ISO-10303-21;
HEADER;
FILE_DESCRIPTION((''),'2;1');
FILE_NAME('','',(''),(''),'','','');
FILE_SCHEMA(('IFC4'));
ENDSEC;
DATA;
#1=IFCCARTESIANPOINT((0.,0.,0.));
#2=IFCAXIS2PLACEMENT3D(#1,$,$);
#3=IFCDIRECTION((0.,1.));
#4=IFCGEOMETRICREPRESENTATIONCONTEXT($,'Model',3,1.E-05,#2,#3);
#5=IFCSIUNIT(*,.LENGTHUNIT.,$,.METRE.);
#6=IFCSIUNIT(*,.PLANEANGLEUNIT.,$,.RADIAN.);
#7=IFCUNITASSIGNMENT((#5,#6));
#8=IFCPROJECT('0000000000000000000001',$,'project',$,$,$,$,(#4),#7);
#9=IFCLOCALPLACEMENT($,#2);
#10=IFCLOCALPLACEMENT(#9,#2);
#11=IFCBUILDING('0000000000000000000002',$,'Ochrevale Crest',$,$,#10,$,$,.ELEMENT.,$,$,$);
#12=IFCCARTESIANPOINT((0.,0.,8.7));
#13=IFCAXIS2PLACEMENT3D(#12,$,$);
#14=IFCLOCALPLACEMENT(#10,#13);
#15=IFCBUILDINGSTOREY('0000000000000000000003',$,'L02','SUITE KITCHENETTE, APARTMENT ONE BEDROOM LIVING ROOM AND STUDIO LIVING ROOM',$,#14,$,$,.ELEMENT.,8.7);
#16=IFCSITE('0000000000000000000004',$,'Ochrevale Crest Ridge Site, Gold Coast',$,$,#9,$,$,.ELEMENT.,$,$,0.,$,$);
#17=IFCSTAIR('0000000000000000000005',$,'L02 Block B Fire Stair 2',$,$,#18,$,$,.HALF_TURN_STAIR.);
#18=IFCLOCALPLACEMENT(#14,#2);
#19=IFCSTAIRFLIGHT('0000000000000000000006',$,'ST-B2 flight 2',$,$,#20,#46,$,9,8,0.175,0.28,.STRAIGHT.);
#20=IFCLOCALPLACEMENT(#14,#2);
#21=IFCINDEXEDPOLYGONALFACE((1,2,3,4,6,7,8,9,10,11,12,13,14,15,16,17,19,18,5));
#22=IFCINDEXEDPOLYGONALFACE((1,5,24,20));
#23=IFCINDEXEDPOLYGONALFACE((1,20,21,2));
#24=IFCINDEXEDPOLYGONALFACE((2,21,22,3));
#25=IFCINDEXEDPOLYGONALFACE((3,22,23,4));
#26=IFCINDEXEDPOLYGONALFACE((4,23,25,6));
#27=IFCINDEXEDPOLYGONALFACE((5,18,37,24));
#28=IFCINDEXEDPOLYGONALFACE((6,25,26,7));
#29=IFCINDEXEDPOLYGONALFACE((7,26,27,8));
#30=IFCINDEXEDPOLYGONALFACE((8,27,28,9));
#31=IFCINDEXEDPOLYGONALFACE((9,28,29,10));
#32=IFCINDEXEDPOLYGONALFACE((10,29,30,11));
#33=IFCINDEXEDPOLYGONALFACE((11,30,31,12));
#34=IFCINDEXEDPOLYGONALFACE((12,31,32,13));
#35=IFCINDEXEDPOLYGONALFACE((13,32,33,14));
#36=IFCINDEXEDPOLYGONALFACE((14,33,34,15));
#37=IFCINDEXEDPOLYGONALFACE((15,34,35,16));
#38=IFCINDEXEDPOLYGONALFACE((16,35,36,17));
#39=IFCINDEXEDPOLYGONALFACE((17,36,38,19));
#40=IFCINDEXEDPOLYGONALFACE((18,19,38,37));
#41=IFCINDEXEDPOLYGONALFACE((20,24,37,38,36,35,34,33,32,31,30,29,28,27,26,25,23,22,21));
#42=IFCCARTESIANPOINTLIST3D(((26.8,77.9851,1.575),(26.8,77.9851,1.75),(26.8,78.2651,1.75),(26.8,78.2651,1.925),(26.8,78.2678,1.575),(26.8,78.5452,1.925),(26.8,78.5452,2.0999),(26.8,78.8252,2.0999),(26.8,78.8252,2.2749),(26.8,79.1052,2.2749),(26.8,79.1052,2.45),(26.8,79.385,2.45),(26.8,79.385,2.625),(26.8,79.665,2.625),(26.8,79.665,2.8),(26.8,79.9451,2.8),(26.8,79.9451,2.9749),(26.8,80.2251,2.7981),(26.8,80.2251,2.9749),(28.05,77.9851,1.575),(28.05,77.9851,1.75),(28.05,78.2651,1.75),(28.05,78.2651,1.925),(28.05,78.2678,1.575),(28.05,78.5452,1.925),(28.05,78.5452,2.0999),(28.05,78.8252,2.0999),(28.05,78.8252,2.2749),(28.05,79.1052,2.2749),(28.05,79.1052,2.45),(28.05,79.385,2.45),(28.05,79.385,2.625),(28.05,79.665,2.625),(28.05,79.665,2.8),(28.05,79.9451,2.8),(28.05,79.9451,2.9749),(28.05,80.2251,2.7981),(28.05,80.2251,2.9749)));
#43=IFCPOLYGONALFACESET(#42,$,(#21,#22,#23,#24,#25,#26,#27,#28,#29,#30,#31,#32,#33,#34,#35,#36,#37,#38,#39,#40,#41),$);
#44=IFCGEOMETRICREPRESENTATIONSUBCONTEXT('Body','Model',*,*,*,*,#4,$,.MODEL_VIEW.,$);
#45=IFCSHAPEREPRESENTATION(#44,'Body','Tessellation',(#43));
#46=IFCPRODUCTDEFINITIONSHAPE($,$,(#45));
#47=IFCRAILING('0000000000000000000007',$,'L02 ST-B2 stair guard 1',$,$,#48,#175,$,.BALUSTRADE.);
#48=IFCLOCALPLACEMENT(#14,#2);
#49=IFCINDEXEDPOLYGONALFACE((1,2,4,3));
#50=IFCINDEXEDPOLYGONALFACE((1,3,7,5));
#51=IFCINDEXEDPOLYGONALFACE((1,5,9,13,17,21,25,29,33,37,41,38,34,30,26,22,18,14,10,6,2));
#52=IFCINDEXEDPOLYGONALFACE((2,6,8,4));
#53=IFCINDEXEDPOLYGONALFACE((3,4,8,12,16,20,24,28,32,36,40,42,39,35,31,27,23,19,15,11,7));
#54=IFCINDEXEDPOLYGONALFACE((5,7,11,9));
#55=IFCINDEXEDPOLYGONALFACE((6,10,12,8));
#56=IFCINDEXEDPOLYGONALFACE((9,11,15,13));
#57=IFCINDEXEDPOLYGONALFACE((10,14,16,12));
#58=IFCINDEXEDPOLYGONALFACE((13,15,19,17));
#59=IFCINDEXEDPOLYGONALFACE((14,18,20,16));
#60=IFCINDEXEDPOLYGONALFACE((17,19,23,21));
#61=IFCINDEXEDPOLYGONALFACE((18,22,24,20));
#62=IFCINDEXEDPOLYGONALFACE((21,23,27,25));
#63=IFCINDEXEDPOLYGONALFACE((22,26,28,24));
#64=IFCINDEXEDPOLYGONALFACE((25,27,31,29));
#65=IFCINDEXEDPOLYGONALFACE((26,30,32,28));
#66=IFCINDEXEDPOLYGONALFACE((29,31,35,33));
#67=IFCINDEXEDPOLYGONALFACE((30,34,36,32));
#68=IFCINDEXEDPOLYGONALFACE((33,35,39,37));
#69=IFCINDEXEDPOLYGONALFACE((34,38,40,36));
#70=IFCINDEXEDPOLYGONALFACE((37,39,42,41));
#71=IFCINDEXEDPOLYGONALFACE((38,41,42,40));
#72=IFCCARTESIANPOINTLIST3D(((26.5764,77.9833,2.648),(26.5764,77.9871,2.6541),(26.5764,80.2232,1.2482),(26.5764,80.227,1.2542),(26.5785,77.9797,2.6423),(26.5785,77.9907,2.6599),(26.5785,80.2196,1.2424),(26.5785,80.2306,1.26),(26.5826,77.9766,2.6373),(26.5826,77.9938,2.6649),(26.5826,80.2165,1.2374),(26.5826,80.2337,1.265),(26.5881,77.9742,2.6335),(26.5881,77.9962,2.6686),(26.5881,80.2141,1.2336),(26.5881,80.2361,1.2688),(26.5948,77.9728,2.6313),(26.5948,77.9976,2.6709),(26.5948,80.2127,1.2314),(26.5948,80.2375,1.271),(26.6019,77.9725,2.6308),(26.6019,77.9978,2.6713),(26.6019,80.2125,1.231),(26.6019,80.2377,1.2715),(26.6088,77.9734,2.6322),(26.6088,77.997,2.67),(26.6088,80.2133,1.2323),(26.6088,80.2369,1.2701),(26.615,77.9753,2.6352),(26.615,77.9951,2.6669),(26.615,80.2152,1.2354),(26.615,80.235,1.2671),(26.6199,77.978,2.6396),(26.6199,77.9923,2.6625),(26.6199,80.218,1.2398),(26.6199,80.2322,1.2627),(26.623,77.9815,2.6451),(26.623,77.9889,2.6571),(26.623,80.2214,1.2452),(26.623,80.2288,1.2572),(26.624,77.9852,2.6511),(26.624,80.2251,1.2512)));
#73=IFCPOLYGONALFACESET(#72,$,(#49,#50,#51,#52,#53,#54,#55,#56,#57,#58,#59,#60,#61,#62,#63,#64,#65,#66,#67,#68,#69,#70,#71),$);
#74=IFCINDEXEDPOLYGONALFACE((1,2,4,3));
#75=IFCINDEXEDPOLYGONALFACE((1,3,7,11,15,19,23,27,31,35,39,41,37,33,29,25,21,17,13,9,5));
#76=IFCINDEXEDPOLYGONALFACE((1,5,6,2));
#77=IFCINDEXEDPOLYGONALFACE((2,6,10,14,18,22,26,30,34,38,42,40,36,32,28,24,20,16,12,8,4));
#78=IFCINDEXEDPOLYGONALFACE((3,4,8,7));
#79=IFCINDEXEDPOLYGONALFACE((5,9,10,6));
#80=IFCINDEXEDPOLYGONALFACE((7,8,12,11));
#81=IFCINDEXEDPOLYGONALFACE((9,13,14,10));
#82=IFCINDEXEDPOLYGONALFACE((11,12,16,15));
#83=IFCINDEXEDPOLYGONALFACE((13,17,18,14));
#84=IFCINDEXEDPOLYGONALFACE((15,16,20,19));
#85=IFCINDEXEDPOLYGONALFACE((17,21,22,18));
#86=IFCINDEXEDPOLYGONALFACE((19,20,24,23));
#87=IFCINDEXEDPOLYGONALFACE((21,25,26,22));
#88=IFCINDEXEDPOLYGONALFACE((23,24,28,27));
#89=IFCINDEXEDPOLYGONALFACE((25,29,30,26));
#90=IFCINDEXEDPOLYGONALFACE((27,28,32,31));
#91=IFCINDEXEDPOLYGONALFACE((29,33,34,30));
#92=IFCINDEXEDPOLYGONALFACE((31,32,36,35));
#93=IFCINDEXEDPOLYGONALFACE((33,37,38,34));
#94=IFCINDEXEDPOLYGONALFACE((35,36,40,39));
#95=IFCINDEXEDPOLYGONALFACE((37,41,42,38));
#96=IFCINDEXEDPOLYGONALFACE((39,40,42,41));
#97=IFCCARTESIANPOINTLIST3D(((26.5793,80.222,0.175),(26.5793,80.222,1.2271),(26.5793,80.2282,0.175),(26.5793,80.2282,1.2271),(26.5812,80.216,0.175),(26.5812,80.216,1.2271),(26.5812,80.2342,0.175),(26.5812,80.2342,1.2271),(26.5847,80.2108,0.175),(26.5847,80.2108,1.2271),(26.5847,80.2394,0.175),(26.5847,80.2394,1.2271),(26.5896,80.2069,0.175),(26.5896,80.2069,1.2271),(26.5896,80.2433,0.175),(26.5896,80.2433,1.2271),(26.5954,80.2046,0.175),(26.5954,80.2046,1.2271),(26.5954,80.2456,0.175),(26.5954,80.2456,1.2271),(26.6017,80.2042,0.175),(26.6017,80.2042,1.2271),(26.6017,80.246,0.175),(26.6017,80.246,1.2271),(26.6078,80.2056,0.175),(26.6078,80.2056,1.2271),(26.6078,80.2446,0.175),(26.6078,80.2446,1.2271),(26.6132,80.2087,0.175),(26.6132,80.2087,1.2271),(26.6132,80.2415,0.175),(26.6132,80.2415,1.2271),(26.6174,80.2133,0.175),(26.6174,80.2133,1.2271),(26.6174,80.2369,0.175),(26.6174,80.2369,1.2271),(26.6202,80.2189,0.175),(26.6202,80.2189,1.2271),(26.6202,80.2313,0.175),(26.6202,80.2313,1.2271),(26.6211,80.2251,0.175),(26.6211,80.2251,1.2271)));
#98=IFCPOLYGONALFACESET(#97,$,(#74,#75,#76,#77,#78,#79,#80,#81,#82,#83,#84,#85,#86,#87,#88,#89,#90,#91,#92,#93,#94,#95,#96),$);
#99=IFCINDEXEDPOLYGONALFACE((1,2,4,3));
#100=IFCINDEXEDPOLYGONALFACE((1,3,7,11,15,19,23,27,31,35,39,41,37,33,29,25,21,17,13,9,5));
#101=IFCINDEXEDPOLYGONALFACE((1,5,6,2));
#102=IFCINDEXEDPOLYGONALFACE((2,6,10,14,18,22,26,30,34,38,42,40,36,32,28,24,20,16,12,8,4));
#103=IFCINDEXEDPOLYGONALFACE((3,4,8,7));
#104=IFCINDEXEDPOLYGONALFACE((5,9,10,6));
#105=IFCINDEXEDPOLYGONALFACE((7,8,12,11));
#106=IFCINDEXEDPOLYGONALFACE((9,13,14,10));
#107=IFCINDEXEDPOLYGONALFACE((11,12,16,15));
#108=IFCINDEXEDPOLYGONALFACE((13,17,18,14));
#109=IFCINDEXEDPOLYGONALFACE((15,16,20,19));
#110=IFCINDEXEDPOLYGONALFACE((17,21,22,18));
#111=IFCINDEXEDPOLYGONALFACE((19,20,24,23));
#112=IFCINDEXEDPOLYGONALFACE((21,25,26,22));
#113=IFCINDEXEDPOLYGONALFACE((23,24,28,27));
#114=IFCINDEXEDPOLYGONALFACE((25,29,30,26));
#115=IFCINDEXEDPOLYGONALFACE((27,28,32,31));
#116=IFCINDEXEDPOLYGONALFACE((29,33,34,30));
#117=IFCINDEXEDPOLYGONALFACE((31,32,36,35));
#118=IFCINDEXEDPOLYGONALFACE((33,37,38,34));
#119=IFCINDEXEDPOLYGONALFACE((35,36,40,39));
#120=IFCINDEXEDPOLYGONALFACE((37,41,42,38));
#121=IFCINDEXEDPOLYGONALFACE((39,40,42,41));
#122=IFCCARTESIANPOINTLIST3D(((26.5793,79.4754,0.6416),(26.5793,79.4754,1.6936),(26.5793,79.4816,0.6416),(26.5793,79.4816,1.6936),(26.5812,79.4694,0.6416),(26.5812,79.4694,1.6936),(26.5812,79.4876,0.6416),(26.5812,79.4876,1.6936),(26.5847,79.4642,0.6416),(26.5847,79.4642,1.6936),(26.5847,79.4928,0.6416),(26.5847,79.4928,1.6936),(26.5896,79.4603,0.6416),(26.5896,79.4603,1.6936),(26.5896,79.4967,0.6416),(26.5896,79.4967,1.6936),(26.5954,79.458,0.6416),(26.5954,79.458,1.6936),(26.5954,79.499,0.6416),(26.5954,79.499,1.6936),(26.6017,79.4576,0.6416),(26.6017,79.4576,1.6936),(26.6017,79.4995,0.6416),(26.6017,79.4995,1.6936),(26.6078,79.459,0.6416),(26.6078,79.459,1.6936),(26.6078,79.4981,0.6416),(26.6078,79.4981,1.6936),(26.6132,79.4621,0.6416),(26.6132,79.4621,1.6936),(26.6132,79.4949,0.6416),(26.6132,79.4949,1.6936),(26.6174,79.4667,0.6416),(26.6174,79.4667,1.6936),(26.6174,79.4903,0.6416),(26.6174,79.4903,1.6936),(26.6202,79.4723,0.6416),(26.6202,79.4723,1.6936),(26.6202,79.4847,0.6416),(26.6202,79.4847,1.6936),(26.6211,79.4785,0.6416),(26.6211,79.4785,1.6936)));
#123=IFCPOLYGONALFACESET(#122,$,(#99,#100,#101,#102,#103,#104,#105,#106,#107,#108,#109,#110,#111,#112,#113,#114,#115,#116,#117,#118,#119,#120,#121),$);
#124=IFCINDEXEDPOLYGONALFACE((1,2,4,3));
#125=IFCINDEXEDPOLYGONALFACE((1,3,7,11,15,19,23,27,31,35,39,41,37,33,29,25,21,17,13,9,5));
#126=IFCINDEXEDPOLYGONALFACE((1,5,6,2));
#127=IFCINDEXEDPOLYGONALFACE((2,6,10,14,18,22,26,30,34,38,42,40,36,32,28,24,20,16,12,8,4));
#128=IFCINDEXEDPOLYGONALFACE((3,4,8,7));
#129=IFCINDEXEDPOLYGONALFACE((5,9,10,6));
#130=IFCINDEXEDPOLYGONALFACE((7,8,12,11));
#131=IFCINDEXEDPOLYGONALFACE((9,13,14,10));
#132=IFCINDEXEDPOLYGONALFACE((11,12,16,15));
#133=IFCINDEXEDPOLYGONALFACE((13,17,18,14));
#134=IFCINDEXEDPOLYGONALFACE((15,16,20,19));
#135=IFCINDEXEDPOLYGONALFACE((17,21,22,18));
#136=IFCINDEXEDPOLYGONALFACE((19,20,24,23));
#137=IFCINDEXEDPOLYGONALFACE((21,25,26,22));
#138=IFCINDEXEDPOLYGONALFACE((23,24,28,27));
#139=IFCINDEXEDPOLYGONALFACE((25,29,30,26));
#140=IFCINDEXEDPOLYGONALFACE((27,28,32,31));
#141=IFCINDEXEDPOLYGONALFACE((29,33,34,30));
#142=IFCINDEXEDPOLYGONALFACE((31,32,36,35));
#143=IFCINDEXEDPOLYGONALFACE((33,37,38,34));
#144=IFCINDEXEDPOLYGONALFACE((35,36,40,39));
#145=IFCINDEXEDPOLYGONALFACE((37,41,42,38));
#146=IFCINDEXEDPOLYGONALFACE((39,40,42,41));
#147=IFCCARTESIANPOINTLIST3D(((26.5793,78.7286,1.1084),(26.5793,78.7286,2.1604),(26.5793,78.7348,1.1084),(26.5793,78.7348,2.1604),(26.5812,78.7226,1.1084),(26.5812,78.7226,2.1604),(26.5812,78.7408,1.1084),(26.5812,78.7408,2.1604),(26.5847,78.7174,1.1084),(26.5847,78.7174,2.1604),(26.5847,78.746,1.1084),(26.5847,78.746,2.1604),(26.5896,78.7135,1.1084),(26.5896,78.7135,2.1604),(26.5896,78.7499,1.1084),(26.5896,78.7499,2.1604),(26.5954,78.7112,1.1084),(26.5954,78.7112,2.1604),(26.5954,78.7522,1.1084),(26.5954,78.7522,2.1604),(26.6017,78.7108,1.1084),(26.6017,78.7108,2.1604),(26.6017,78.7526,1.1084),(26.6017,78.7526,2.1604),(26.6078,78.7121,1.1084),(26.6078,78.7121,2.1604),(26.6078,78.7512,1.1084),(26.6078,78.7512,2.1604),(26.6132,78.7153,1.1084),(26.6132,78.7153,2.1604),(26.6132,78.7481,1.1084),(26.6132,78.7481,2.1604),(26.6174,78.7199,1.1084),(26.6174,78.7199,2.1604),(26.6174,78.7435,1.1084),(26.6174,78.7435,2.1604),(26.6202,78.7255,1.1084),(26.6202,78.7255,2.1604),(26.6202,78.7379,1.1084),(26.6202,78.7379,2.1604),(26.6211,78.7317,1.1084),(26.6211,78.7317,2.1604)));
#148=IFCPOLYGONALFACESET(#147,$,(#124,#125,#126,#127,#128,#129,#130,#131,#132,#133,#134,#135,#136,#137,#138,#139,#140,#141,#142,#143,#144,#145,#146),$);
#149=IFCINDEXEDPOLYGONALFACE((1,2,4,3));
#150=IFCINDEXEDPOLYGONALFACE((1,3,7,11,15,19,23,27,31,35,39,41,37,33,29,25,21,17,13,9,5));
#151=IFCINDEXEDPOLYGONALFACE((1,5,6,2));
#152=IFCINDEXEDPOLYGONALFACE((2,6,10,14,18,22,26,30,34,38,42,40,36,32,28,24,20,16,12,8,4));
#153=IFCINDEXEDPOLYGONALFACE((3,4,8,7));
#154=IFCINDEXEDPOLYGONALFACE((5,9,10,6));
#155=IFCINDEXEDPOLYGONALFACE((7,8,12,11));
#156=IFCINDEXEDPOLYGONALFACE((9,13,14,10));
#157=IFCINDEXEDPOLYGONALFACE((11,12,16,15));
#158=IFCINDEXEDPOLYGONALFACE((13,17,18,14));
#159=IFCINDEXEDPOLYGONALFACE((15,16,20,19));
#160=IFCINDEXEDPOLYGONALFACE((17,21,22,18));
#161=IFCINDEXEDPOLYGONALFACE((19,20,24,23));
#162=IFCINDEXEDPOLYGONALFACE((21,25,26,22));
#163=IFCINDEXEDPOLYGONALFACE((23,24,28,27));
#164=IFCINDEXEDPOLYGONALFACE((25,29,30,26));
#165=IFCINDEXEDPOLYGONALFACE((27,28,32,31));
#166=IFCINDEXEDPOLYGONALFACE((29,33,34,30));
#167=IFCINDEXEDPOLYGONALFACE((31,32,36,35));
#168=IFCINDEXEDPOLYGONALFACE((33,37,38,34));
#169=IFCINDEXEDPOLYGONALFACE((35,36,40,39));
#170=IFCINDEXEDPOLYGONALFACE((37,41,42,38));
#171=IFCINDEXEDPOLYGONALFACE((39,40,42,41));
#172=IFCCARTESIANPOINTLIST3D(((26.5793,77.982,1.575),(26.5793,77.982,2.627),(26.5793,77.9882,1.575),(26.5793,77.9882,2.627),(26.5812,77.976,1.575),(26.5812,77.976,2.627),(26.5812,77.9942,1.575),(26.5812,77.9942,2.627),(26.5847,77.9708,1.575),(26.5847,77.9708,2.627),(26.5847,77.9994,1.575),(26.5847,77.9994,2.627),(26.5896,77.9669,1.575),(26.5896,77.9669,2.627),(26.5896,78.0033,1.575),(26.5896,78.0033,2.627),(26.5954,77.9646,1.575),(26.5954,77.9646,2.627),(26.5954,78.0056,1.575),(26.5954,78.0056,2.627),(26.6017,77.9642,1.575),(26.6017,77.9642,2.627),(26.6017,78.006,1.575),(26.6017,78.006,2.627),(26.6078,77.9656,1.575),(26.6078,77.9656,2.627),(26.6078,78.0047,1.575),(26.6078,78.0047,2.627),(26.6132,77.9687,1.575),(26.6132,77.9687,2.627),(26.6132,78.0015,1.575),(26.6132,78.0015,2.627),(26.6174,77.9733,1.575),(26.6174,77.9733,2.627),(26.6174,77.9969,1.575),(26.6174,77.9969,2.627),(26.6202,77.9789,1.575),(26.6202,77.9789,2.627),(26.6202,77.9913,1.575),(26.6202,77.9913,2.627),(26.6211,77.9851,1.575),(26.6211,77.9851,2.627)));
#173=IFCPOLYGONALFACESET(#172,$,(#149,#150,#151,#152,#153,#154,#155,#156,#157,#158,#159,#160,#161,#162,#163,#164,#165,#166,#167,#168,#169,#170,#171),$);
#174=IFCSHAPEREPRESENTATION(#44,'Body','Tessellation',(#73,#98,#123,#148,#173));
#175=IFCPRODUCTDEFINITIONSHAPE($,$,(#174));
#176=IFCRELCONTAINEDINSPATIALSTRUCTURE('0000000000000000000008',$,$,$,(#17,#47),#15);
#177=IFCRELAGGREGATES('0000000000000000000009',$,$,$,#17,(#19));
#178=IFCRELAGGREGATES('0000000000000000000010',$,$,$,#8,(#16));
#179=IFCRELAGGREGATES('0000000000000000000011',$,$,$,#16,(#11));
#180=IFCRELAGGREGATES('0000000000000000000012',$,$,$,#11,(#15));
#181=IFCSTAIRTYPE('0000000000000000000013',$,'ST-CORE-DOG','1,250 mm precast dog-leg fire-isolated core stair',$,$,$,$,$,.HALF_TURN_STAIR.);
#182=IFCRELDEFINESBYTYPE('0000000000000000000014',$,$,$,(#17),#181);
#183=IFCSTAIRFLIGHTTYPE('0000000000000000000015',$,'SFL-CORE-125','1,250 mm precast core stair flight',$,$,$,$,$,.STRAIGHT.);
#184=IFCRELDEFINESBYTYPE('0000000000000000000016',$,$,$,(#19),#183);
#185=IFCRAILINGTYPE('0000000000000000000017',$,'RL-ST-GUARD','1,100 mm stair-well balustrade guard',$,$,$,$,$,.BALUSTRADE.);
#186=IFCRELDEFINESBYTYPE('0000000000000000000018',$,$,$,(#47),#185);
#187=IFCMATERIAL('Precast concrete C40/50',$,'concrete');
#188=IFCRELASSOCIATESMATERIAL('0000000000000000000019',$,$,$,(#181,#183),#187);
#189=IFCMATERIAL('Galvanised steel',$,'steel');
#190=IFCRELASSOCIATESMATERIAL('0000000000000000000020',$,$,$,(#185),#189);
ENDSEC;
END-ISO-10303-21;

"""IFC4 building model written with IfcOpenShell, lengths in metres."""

from ifc_helpers import new_model, si_unit, direction, frame, origin, origin_2d, place, context, subcontext, project, spatial, polyline, circle, outline, extrude, material, type_object, element, aggregate, save


model = new_model("IFC4")

# Units and contexts
model_context = context("Model", 3, precision=1e-05, world=origin(), true_north=direction((0.0, 1.0)))
body_context = subcontext(model_context, "Body", "Model", "MODEL_VIEW")
ifc_project = project(units=[si_unit("LENGTHUNIT", "METRE"), si_unit("PLANEANGLEUNIT", "RADIAN")], contexts=[model_context])

# Site, building, storey
site_placement = place(None, origin())
site = spatial("IfcSite", under=ifc_project, at=site_placement, Name="Ochrevale Crest Ridge Site, Gold Coast", CompositionType="ELEMENT", RefElevation=0.0)
building_placement = place(site_placement, origin())
building = spatial("IfcBuilding", under=site, at=building_placement, Name="Ochrevale Crest", CompositionType="ELEMENT")
storey_placement = place(building_placement, frame((0.0, 0.0, 8.7)))
storey = spatial("IfcBuildingStorey", under=building, at=storey_placement, Name="L02", Description="SUITE KITCHENETTE, APARTMENT ONE BEDROOM LIVING ROOM AND STUDIO LIVING ROOM", CompositionType="ELEMENT", Elevation=8.7)

# Stair, stair flight
ifc_material_1 = material(Name="Precast concrete C40/50", Category="concrete")
stair_type = type_object("IfcStairType", Name="ST-CORE-DOG", Description="1,250 mm precast dog-leg fire-isolated core stair", PredefinedType="HALF_TURN_STAIR", material=ifc_material_1)
stair_placement = place(storey_placement, origin())
stair = element("IfcStair", 1, at=stair_placement, inside=storey, type_object=stair_type, Name="L02 Block B Fire Stair 2", PredefinedType="HALF_TURN_STAIR")
stair_flight_type = type_object("IfcStairFlightType", Name="SFL-CORE-125", Description="1,250 mm precast core stair flight", PredefinedType="STRAIGHT", material=ifc_material_1)
stair_flight_1_placement = place(storey_placement, frame((27.425, 77.9851, 1.575), z_axis=(0.0, 0.0, 1.0), x_axis=(0.0, 1.0, 0.0)))
stair_flight_1 = element("IfcStairFlight", 2, at=stair_flight_1_placement, type_object=stair_flight_type, Name="ST-B2 flight 2", NumberOfRisers=9, NumberOfTreads=8, PredefinedType="STRAIGHT", RiserHeight=0.175, TreadLength=0.28, context=body_context, shape_type="SweptSolid", body=[
    extrude(outline(polyline([(0.0, 0.0), (0.0, 0.175), (0.28, 0.175), (0.28, 0.3501), (0.5601, 0.3501), (0.5601, 0.5249), (0.8401, 0.5249), (0.8401, 0.7), (1.1201, 0.7), (1.1201, 0.875), (1.3999, 0.875), (1.3999, 1.05), (1.6799, 1.05), (1.6799, 1.2251), (1.96, 1.2251), (1.96, 1.3999), (2.24, 1.3999), (2.24, 1.575), (2.24, 1.2231), (0.2827, 0.0), (0.0, 0.0)])), frame((0.0, 0.625, 0.0), z_axis=(0.0, -1.0, 0.0), x_axis=(1.0, 0.0, 0.0)), (0.0, 0.0, 1.0), 1.25),
])
aggregate(stair, [stair_flight_1])

# Railing
ifc_material_2 = material(Name="Galvanised steel", Category="steel")
railing_type_1 = type_object("IfcRailingType", Name="RL-ST-GUARD", Description="1,100 mm stair-well balustrade guard", PredefinedType="BALUSTRADE", material=ifc_material_2)
railing_1_placement = place(storey_placement, frame((26.6001, 80.2251, 0.175)))
element("IfcRailing", 3, at=railing_1_placement, inside=storey, type_object=railing_type_1, Name="L02 ST-B2 stair guard 1", PredefinedType="BALUSTRADE", context=body_context, shape_type="SweptSolid", body=[
    extrude(circle(Radius=0.0239, at=origin_2d()), frame((0.0, 0.0, 1.0762), z_axis=(0.0, -0.848014, 0.529974), x_axis=(1.0, 0.0, 0.0)), (0.0, 0.0, 1.0), 2.6414),
    extrude(circle(Radius=0.021, at=origin_2d()), origin(), (0.0, 0.0, 1.0), 1.052),
    extrude(circle(Radius=0.021, at=origin_2d()), frame((0.0, -0.7466, 0.4666)), (0.0, 0.0, 1.0), 1.052),
    extrude(circle(Radius=0.021, at=origin_2d()), frame((0.0, -1.4934, 0.9333)), (0.0, 0.0, 1.0), 1.052),
    extrude(circle(Radius=0.021, at=origin_2d()), frame((0.0, -2.24, 1.3999)), (0.0, 0.0, 1.0), 1.052),
])

save(model, "model.ifc")
